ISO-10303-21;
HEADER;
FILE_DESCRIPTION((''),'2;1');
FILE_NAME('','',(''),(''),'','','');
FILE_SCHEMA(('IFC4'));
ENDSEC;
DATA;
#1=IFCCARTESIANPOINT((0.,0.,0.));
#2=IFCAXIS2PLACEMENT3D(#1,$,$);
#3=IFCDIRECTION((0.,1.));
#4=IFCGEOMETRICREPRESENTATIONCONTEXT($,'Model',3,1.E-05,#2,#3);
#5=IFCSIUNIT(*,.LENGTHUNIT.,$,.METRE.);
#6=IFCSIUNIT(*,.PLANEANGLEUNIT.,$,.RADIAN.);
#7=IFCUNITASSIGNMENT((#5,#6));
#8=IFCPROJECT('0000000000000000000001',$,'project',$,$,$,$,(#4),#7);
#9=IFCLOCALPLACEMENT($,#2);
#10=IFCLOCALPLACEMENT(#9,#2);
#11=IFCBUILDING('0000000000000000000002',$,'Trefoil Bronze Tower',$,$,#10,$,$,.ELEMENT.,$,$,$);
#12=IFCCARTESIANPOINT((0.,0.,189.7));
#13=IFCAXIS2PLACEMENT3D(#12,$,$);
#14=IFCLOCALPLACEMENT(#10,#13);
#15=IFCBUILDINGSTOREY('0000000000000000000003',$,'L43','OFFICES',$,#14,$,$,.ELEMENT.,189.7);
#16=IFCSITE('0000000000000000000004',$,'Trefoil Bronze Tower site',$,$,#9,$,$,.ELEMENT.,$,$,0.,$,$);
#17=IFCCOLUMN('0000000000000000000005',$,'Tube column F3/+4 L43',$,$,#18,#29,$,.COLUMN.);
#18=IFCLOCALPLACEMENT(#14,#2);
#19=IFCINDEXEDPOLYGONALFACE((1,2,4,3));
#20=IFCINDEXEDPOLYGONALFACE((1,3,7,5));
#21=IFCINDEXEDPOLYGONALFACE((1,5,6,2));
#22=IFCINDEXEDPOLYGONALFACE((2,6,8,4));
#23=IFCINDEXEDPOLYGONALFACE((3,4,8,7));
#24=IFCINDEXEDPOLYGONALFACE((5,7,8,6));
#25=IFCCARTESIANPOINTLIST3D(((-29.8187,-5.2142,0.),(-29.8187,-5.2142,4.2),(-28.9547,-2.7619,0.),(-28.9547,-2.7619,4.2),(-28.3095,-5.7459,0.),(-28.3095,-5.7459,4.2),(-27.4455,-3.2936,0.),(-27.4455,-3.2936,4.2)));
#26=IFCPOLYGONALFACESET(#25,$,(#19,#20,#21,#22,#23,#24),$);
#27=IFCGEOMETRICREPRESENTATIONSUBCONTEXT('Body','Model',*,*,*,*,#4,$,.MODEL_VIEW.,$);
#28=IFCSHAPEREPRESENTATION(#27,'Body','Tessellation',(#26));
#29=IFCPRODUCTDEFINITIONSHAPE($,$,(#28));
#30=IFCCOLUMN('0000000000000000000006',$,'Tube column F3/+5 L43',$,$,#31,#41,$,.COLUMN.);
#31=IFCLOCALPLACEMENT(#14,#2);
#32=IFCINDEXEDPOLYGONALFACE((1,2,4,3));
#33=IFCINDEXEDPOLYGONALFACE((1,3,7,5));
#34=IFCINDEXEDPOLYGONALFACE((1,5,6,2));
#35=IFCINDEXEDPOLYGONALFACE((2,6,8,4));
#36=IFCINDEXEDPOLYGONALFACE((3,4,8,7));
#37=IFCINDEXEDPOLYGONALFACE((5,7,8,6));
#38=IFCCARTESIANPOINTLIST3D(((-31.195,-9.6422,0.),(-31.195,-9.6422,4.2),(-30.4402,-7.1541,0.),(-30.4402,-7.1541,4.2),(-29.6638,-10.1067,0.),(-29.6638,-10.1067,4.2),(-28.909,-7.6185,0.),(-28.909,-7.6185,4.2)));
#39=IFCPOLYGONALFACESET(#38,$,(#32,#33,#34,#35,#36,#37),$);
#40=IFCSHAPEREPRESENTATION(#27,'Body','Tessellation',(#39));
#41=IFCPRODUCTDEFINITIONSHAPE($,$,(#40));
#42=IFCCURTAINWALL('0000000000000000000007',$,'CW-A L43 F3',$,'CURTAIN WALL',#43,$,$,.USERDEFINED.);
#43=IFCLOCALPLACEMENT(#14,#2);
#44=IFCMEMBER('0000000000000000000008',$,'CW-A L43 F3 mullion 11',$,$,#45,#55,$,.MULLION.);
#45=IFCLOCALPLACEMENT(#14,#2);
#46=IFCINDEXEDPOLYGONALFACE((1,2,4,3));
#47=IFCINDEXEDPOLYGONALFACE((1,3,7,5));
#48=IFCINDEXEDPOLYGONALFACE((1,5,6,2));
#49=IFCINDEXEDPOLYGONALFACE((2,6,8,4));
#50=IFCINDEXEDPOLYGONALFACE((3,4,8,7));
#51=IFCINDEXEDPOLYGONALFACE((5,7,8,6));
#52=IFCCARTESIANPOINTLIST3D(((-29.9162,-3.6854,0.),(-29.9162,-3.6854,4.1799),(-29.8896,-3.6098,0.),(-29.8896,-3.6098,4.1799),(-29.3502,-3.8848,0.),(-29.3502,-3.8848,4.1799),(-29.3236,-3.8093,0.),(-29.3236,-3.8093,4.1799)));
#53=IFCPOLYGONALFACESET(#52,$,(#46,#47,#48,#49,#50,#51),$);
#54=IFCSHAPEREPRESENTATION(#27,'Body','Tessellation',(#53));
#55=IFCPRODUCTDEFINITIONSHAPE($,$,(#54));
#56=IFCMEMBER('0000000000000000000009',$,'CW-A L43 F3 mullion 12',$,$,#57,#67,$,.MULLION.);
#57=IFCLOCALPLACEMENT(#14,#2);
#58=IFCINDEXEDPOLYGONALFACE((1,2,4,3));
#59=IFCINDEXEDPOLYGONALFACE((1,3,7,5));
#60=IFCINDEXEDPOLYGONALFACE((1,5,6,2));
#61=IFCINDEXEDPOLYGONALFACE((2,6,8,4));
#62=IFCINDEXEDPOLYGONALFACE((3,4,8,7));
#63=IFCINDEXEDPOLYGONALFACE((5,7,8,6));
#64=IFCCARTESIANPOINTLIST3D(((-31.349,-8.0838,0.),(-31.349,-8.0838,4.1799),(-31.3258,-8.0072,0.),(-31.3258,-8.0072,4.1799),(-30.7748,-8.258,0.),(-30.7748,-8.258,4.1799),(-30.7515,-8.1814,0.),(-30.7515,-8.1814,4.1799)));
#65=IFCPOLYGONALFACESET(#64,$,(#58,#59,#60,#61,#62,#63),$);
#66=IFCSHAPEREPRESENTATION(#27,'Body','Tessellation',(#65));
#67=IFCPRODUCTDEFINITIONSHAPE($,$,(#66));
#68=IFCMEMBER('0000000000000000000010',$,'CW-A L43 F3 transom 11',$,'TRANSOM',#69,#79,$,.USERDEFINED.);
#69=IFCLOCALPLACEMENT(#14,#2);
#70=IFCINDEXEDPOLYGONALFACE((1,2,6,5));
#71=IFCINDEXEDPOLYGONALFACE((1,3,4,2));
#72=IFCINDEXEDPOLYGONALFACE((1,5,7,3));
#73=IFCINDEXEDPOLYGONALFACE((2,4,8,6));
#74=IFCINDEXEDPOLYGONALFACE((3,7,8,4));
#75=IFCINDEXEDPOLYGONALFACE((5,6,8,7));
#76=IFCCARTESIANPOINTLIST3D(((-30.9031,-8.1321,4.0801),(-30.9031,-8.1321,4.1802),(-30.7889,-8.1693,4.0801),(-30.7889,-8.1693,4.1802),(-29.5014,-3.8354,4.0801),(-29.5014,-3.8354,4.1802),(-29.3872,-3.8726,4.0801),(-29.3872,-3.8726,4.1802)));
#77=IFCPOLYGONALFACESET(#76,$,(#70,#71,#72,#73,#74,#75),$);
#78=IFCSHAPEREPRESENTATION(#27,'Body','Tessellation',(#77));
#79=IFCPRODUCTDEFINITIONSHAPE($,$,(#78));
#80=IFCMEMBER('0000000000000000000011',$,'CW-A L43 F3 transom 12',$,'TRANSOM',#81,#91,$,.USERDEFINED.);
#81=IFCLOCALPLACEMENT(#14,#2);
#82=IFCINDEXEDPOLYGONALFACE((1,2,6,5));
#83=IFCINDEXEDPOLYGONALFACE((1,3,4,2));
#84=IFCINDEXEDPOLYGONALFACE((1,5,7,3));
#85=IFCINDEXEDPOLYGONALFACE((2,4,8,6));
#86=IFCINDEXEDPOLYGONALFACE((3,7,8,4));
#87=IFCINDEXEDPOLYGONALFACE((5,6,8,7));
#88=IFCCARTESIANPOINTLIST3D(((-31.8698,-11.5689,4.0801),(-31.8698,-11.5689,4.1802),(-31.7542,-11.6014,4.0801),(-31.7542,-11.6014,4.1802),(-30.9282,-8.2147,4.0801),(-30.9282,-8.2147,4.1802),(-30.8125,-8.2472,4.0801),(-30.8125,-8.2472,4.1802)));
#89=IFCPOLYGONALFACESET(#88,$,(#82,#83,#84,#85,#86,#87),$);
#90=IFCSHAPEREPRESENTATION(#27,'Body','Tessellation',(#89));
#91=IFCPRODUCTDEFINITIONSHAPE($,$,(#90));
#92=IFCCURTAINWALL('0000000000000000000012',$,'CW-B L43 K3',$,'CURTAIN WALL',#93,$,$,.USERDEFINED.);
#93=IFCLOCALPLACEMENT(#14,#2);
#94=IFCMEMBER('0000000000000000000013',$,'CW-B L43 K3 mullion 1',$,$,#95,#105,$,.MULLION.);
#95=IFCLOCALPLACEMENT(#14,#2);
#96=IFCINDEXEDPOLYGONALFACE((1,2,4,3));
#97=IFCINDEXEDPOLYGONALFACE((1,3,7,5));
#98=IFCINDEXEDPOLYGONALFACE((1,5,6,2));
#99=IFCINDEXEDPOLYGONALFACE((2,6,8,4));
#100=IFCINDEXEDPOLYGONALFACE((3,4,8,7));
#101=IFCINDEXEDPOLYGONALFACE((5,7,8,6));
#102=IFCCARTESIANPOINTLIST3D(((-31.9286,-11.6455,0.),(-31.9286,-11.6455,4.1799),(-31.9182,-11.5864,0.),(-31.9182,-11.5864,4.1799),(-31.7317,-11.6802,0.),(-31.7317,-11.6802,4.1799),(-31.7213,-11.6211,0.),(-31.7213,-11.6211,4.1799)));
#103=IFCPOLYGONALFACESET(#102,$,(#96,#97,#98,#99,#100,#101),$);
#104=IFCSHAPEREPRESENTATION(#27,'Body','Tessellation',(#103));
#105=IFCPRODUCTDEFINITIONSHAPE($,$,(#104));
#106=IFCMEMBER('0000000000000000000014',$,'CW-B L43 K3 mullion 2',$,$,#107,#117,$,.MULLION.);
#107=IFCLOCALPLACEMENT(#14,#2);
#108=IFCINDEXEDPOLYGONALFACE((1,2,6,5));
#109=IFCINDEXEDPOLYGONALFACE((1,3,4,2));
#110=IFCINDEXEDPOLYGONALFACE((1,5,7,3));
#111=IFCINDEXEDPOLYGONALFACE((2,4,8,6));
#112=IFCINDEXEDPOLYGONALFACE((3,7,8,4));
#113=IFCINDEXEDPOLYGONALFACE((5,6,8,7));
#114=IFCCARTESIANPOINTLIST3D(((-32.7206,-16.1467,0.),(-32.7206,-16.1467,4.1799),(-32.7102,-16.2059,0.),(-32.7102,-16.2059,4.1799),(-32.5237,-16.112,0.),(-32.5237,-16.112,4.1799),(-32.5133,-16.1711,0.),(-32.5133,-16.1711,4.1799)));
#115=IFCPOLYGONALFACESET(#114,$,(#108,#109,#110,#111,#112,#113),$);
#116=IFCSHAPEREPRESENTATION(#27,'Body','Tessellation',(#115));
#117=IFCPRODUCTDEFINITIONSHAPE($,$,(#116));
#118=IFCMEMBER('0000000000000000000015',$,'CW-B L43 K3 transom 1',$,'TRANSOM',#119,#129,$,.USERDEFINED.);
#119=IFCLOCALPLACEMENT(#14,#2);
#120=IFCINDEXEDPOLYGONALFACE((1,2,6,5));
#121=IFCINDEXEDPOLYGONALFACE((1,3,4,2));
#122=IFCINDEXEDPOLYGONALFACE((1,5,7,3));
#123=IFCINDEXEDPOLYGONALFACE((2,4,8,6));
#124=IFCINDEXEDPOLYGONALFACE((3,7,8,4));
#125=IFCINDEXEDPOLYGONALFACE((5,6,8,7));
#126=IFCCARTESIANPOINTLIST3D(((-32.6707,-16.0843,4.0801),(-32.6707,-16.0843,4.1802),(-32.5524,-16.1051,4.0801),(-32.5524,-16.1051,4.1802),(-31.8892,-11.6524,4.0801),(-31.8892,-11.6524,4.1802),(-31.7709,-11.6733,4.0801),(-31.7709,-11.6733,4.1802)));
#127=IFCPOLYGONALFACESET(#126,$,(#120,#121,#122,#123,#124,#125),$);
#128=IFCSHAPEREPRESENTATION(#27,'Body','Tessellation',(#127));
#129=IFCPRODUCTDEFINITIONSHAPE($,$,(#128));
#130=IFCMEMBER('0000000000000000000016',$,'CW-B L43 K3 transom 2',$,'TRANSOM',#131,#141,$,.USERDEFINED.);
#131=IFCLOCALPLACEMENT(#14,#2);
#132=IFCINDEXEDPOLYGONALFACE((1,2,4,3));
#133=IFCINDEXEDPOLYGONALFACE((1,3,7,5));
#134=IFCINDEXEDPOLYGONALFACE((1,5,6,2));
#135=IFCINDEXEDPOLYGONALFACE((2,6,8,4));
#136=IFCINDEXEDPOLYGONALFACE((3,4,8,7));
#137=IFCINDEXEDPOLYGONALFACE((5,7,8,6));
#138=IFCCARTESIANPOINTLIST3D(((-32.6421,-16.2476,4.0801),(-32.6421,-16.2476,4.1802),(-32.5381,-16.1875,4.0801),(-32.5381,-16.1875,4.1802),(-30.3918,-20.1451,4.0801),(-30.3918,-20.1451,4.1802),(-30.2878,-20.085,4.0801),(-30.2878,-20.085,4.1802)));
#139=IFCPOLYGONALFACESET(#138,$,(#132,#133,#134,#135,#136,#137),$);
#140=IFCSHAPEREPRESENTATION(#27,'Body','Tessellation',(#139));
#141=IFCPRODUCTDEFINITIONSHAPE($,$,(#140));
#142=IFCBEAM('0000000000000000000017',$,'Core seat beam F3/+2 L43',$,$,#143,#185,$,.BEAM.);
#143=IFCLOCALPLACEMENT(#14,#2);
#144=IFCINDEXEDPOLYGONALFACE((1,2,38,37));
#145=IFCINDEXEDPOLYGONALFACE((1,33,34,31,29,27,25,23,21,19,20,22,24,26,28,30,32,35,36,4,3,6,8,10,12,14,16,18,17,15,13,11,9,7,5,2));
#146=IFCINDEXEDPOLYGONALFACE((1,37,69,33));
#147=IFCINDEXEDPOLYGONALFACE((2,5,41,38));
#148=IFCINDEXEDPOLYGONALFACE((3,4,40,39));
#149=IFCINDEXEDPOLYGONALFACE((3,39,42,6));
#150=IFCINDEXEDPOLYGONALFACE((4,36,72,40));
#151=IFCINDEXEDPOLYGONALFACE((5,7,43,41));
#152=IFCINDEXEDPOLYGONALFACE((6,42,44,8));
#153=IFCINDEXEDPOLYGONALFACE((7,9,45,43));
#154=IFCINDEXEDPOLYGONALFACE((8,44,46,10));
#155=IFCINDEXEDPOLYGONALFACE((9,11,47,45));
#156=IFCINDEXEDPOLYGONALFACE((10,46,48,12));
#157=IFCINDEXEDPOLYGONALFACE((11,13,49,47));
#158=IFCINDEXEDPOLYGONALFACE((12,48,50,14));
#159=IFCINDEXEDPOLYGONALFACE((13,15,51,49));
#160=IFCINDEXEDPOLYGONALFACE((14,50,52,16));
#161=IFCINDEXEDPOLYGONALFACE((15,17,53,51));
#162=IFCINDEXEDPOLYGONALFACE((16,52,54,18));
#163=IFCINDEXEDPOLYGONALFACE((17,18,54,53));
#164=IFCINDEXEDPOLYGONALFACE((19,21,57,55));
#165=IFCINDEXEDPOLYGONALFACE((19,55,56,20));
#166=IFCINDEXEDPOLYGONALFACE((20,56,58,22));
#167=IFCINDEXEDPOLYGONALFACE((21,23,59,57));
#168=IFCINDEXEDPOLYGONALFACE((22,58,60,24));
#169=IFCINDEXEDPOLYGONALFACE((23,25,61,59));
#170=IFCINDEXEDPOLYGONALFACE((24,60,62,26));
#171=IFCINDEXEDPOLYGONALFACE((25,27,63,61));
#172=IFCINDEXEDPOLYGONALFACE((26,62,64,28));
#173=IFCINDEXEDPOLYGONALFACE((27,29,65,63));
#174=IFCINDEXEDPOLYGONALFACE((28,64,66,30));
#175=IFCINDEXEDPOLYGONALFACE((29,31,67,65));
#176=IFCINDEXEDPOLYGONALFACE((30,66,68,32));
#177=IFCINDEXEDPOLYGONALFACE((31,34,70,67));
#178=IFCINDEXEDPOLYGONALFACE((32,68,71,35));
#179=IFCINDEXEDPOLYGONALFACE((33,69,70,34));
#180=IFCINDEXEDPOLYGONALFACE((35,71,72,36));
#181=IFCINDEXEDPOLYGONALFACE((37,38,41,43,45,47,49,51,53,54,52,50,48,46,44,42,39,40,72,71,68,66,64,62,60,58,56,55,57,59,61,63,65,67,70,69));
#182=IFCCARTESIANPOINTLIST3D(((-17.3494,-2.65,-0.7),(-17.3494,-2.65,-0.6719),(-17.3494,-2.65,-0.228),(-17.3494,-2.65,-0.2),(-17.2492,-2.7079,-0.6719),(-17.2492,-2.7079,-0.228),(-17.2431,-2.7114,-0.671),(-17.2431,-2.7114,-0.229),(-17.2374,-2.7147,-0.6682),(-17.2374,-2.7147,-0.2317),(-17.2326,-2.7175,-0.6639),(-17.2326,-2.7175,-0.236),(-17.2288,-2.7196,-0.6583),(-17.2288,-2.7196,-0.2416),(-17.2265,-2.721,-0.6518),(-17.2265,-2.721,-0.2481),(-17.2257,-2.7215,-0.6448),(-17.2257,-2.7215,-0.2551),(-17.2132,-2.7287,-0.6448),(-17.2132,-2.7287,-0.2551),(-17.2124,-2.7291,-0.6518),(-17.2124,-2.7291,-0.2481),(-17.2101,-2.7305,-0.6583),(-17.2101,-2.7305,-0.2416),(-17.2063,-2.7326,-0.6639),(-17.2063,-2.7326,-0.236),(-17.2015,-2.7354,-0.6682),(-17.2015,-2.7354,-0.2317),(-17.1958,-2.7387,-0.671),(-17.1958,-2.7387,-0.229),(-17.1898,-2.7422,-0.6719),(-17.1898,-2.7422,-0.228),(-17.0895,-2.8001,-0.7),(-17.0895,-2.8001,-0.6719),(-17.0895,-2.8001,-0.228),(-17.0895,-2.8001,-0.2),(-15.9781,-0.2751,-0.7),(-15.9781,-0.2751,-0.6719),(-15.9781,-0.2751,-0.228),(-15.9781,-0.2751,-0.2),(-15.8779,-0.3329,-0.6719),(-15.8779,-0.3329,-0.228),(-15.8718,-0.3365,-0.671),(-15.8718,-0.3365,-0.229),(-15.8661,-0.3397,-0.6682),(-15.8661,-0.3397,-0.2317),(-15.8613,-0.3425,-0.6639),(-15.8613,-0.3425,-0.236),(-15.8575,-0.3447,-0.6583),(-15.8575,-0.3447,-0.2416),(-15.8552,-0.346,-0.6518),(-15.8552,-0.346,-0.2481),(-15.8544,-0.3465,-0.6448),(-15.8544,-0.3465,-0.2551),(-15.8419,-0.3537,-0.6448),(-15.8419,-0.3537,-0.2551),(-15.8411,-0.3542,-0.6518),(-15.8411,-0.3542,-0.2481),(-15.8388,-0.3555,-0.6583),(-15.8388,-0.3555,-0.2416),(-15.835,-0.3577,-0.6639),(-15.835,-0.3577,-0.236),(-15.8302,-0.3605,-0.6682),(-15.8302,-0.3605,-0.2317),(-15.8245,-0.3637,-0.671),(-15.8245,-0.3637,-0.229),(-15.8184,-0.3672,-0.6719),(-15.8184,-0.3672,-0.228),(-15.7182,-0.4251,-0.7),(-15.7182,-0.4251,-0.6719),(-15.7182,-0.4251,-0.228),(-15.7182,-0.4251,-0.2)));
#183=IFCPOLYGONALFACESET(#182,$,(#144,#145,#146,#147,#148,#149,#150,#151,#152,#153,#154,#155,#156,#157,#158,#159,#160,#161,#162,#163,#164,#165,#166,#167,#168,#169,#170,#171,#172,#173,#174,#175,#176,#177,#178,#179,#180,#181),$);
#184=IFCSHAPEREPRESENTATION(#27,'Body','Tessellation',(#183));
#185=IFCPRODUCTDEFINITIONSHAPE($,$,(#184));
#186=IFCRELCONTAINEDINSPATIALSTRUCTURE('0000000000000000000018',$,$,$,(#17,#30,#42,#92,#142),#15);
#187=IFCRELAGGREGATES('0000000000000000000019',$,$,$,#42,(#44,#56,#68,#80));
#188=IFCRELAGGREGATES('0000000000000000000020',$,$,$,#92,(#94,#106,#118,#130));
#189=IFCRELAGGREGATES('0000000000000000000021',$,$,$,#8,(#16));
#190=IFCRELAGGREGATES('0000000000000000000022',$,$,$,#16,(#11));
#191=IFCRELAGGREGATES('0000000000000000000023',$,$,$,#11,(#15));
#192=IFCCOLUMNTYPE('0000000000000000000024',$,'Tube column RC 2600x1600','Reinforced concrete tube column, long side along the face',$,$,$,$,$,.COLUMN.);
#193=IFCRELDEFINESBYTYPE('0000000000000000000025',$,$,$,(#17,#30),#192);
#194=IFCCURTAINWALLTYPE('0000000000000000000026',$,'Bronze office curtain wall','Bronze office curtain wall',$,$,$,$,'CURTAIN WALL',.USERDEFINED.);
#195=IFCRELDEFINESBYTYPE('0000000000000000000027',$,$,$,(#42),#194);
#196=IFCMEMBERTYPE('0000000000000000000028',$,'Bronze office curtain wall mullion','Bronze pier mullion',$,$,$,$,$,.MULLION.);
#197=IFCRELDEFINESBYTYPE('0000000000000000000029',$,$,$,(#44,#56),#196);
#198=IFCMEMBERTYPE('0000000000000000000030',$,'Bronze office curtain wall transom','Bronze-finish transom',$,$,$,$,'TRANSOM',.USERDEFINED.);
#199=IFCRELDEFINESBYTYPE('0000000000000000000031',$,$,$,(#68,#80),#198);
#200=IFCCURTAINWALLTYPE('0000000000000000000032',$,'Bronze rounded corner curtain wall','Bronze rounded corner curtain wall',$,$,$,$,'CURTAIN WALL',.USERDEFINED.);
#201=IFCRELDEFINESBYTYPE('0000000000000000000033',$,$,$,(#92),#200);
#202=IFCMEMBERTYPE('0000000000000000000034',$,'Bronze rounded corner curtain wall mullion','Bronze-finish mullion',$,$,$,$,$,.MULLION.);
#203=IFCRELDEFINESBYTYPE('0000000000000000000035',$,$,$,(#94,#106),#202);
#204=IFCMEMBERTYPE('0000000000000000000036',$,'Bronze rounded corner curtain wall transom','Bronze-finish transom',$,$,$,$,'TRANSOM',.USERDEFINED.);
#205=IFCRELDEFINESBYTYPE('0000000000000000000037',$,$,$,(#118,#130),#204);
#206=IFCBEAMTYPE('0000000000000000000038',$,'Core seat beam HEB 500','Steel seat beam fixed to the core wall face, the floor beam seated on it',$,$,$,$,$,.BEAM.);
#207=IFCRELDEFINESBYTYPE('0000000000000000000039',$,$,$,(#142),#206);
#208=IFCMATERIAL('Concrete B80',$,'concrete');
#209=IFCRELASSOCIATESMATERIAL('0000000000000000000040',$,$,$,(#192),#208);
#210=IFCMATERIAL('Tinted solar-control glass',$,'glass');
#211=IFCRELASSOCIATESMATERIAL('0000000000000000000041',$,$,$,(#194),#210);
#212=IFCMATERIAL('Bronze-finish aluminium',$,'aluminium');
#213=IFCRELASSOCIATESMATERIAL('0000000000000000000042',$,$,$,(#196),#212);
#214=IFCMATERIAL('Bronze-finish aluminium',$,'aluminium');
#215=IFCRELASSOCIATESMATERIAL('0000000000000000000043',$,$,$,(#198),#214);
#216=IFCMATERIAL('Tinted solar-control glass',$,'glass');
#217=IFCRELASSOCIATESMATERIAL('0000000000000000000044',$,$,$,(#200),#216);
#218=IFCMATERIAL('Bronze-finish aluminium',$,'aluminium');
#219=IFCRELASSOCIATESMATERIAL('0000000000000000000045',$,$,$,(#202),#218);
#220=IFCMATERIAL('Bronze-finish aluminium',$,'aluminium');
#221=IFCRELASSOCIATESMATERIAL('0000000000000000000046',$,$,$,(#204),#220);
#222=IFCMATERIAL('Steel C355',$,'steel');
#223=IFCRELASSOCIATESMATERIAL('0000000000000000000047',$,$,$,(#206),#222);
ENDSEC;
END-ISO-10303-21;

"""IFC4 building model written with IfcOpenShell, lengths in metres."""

from ifc_helpers import new_model, si_unit, direction, frame, origin, origin_2d, place, context, subcontext, project, spatial, rectangle, i_section, extrude, material, material_profile, profile_set, type_object, element, aggregate, save


model = new_model("IFC4")

# Units and contexts
model_context = context("Model", 3, precision=1e-05, world=origin(), true_north=direction((0.0, 1.0)))
body_context = subcontext(model_context, "Body", "Model", "MODEL_VIEW")
ifc_project = project(units=[si_unit("LENGTHUNIT", "METRE"), si_unit("PLANEANGLEUNIT", "RADIAN")], contexts=[model_context])

# Site, building, storey
site_placement = place(None, origin())
site = spatial("IfcSite", under=ifc_project, at=site_placement, Name="Trefoil Bronze Tower site", CompositionType="ELEMENT", RefElevation=0.0)
building_placement = place(site_placement, origin())
building = spatial("IfcBuilding", under=site, at=building_placement, Name="Trefoil Bronze Tower", CompositionType="ELEMENT")
storey_placement = place(building_placement, frame((0.0, 0.0, 189.7)))
storey = spatial("IfcBuildingStorey", under=building, at=storey_placement, Name="L43", Description="OFFICES", CompositionType="ELEMENT", Elevation=189.7)

# Columns
ifc_material_1 = material(Name="Concrete B80", Category="concrete")
ifc_material_profile_1 = material_profile(ifc_material_1, rectangle(XDim=2.6001, YDim=1.6001, at=origin_2d()), Name="RC 2600x1600")
ifc_profile_set_1 = profile_set([ifc_material_profile_1], Name="Concrete B80")
column_type = type_object("IfcColumnType", Name="Tube column RC 2600x1600", Description="Reinforced concrete tube column, long side along the face", PredefinedType="COLUMN", material=ifc_profile_set_1)
for number, where, z_axis, x_axis, name in (
    (1, (-28.6321, -4.2539, 0.0), (0.0, 0.0, 1.0), (-0.332282, -0.94318, 0.0), "Tube column F3/+4 L43"),
    (2, (-30.052, -8.6304, 0.0), (0.0, 0.0, 1.0), (-0.290278, -0.956942, 0.0), "Tube column F3/+5 L43"),
):
    element("IfcColumn", number, at=place(storey_placement, frame(where, z_axis=z_axis, x_axis=x_axis)), inside=storey, type_object=column_type, Name=name, PredefinedType="COLUMN", context=body_context, shape_type="SweptSolid", body=[
        extrude(rectangle(XDim=2.6001, YDim=1.6001, at=origin_2d()), origin(), (0.0, 0.0, 1.0), 4.2),
    ])

# Curtain walls, members
ifc_material_2 = material(Name="Tinted solar-control glass", Category="glass")
curtain_wall_type_1 = type_object("IfcCurtainWallType", Name="Bronze office curtain wall", Description="Bronze office curtain wall", ElementType="CURTAIN WALL", PredefinedType="USERDEFINED", material=ifc_material_2)
curtain_wall_1_placement = place(storey_placement, origin())
curtain_wall_1 = element("IfcCurtainWall", 3, at=curtain_wall_1_placement, inside=storey, type_object=curtain_wall_type_1, Name="CW-A L43 F3", ObjectType="CURTAIN WALL", PredefinedType="USERDEFINED")
ifc_material_3 = material(Name="Bronze-finish aluminium", Category="aluminium")
ifc_material_profile_2 = material_profile(ifc_material_3, rectangle(XDim=0.6001, YDim=0.0801, at=origin_2d()), Name="CW-A mullion")
ifc_profile_set_2 = profile_set([ifc_material_profile_2], Name="Bronze-finish aluminium")
member_type_1 = type_object("IfcMemberType", Name="Bronze office curtain wall mullion", Description="Bronze pier mullion", PredefinedType="MULLION", material=ifc_profile_set_2)
member_1_placement = place(storey_placement, frame((-29.6199, -3.7473, 0.0), z_axis=(0.0, 0.0, 1.0), x_axis=(0.94318, -0.332282, 0.0)))
member_1 = element("IfcMember", 4, at=member_1_placement, type_object=member_type_1, Name="CW-A L43 F3 mullion 11", PredefinedType="MULLION", context=body_context, shape_type="SweptSolid", body=[
    extrude(rectangle(XDim=0.6001, YDim=0.0801, at=origin_2d()), origin(), (0.0, 0.0, 1.0), 4.1799),
])
member_2_placement = place(storey_placement, frame((-31.0503, -8.1326, 0.0), z_axis=(0.0, 0.0, 1.0), x_axis=(0.956942, -0.290278, 0.0)))
member_2 = element("IfcMember", 5, at=member_2_placement, type_object=member_type_1, Name="CW-A L43 F3 mullion 12", PredefinedType="MULLION", context=body_context, shape_type="SweptSolid", body=[
    extrude(rectangle(XDim=0.6001, YDim=0.0801, at=origin_2d()), origin(), (0.0, 0.0, 1.0), 4.1799),
])
ifc_material_4 = material(Name="Bronze-finish aluminium", Category="aluminium")
ifc_material_profile_3 = material_profile(ifc_material_4, rectangle(XDim=0.1201, YDim=0.1001, at=origin_2d()), Name="CW-A transom")
ifc_profile_set_3 = profile_set([ifc_material_profile_3], Name="Bronze-finish aluminium")
member_type_2 = type_object("IfcMemberType", Name="Bronze office curtain wall transom", Description="Bronze-finish transom", ElementType="TRANSOM", PredefinedType="USERDEFINED", material=ifc_profile_set_3)
member_3_placement = place(storey_placement, frame((-29.4443, -3.854, 4.1301), z_axis=(-0.310128, -0.950695, 0.0), x_axis=(0.950695, -0.310128, 0.0)))
member_3 = element("IfcMember", 6, at=member_3_placement, type_object=member_type_2, Name="CW-A L43 F3 transom 11", ObjectType="TRANSOM", PredefinedType="USERDEFINED", context=body_context, shape_type="SweptSolid", body=[
    extrude(rectangle(XDim=0.1201, YDim=0.1001, at=origin_2d()), origin(), (0.0, 0.0, 1.0), 4.5195),
])
member_4_placement = place(storey_placement, frame((-30.8704, -8.231, 4.1301), z_axis=(-0.270285, -0.96278, 0.0), x_axis=(0.96278, -0.270285, 0.0)))
member_4 = element("IfcMember", 7, at=member_4_placement, type_object=member_type_2, Name="CW-A L43 F3 transom 12", ObjectType="TRANSOM", PredefinedType="USERDEFINED", context=body_context, shape_type="SweptSolid", body=[
    extrude(rectangle(XDim=0.1201, YDim=0.1001, at=origin_2d()), origin(), (0.0, 0.0, 1.0), 3.4839),
])
ifc_material_5 = material(Name="Tinted solar-control glass", Category="glass")
curtain_wall_type_2 = type_object("IfcCurtainWallType", Name="Bronze rounded corner curtain wall", Description="Bronze rounded corner curtain wall", ElementType="CURTAIN WALL", PredefinedType="USERDEFINED", material=ifc_material_5)
curtain_wall_2_placement = place(storey_placement, origin())
curtain_wall_2 = element("IfcCurtainWall", 8, at=curtain_wall_2_placement, inside=storey, type_object=curtain_wall_type_2, Name="CW-B L43 K3", ObjectType="CURTAIN WALL", PredefinedType="USERDEFINED")
ifc_material_6 = material(Name="Bronze-finish aluminium", Category="aluminium")
ifc_material_profile_4 = material_profile(ifc_material_6, rectangle(XDim=0.2, YDim=0.0601, at=origin_2d()), Name="CW-B mullion")
ifc_profile_set_4 = profile_set([ifc_material_profile_4], Name="Bronze-finish aluminium")
member_type_3 = type_object("IfcMemberType", Name="Bronze rounded corner curtain wall mullion", Description="Bronze-finish mullion", PredefinedType="MULLION", material=ifc_profile_set_4)
member_5_placement = place(storey_placement, frame((-31.825, -11.6333, 0.0), z_axis=(0.0, 0.0, 1.0), x_axis=(0.984808, -0.173648, 0.0)))
member_5 = element("IfcMember", 9, at=member_5_placement, type_object=member_type_3, Name="CW-B L43 K3 mullion 1", PredefinedType="MULLION", context=body_context, shape_type="SweptSolid", body=[
    extrude(rectangle(XDim=0.2, YDim=0.0601, at=origin_2d()), origin(), (0.0, 0.0, 1.0), 4.1799),
])
member_6_placement = place(storey_placement, frame((-32.6169, -16.1589, 0.0), z_axis=(0.0, 0.0, 1.0), x_axis=(0.984808, 0.173648, 0.0)))
member_6 = element("IfcMember", 10, at=member_6_placement, type_object=member_type_3, Name="CW-B L43 K3 mullion 2", PredefinedType="MULLION", context=body_context, shape_type="SweptSolid", body=[
    extrude(rectangle(XDim=0.2, YDim=0.0601, at=origin_2d()), origin(), (0.0, 0.0, 1.0), 4.1799),
])
ifc_material_7 = material(Name="Bronze-finish aluminium", Category="aluminium")
ifc_material_profile_5 = material_profile(ifc_material_7, rectangle(XDim=0.1201, YDim=0.1001, at=origin_2d()), Name="CW-B transom")
ifc_profile_set_5 = profile_set([ifc_material_profile_5], Name="Bronze-finish aluminium")
member_type_4 = type_object("IfcMemberType", Name="Bronze rounded corner curtain wall transom", Description="Bronze-finish transom", ElementType="TRANSOM", PredefinedType="USERDEFINED", material=ifc_profile_set_5)
member_7_placement = place(storey_placement, frame((-31.8301, -11.6628, 4.1301), z_axis=(-0.173655, -0.984806, 0.0), x_axis=(0.984806, -0.173655, 0.0)))
member_7 = element("IfcMember", 11, at=member_7_placement, type_object=member_type_4, Name="CW-B L43 K3 transom 1", ObjectType="TRANSOM", PredefinedType="USERDEFINED", context=body_context, shape_type="SweptSolid", body=[
    extrude(rectangle(XDim=0.1201, YDim=0.1001, at=origin_2d()), origin(), (0.0, 0.0, 1.0), 4.5002),
])
member_8_placement = place(storey_placement, frame((-32.5901, -16.2175, 4.1301), z_axis=(0.500007, -0.866021, 0.0), x_axis=(0.866021, 0.500007, 0.0)))
member_8 = element("IfcMember", 12, at=member_8_placement, type_object=member_type_4, Name="CW-B L43 K3 transom 2", ObjectType="TRANSOM", PredefinedType="USERDEFINED", context=body_context, shape_type="SweptSolid", body=[
    extrude(rectangle(XDim=0.1201, YDim=0.1001, at=origin_2d()), origin(), (0.0, 0.0, 1.0), 4.5005),
])

# Beam
ifc_material_8 = material(Name="Steel C355", Category="steel")
ifc_material_profile_6 = material_profile(ifc_material_8, i_section(OverallWidth=0.3, OverallDepth=0.5, WebThickness=0.0144, FlangeThickness=0.0281, FilletRadius=0.0271, at=origin_2d()), Name="HEB 500")
ifc_profile_set_6 = profile_set([ifc_material_profile_6], Name="Steel C355")
beam_type_1 = type_object("IfcBeamType", Name="Core seat beam HEB 500", Description="Steel seat beam fixed to the core wall face, the floor beam seated on it", PredefinedType="BEAM", material=ifc_profile_set_6)
beam_1_placement = place(storey_placement, frame((-15.8481, -0.3501, -0.45), z_axis=(-0.500036, -0.866005, 0.0), x_axis=(0.866005, -0.500036, 0.0)))
element("IfcBeam", 13, at=beam_1_placement, inside=storey, type_object=beam_type_1, Name="Core seat beam F3/+2 L43", PredefinedType="BEAM", context=body_context, shape_type="SweptSolid", body=[
    extrude(i_section(OverallWidth=0.3, OverallDepth=0.5, WebThickness=0.0144, FlangeThickness=0.0281, FilletRadius=0.0271, at=origin_2d()), origin(), (0.0, 0.0, 1.0), 2.7424),
])

aggregate(curtain_wall_1, [member_1, member_2, member_3, member_4])
aggregate(curtain_wall_2, [member_5, member_6, member_7, member_8])

save(model, "model.ifc")
